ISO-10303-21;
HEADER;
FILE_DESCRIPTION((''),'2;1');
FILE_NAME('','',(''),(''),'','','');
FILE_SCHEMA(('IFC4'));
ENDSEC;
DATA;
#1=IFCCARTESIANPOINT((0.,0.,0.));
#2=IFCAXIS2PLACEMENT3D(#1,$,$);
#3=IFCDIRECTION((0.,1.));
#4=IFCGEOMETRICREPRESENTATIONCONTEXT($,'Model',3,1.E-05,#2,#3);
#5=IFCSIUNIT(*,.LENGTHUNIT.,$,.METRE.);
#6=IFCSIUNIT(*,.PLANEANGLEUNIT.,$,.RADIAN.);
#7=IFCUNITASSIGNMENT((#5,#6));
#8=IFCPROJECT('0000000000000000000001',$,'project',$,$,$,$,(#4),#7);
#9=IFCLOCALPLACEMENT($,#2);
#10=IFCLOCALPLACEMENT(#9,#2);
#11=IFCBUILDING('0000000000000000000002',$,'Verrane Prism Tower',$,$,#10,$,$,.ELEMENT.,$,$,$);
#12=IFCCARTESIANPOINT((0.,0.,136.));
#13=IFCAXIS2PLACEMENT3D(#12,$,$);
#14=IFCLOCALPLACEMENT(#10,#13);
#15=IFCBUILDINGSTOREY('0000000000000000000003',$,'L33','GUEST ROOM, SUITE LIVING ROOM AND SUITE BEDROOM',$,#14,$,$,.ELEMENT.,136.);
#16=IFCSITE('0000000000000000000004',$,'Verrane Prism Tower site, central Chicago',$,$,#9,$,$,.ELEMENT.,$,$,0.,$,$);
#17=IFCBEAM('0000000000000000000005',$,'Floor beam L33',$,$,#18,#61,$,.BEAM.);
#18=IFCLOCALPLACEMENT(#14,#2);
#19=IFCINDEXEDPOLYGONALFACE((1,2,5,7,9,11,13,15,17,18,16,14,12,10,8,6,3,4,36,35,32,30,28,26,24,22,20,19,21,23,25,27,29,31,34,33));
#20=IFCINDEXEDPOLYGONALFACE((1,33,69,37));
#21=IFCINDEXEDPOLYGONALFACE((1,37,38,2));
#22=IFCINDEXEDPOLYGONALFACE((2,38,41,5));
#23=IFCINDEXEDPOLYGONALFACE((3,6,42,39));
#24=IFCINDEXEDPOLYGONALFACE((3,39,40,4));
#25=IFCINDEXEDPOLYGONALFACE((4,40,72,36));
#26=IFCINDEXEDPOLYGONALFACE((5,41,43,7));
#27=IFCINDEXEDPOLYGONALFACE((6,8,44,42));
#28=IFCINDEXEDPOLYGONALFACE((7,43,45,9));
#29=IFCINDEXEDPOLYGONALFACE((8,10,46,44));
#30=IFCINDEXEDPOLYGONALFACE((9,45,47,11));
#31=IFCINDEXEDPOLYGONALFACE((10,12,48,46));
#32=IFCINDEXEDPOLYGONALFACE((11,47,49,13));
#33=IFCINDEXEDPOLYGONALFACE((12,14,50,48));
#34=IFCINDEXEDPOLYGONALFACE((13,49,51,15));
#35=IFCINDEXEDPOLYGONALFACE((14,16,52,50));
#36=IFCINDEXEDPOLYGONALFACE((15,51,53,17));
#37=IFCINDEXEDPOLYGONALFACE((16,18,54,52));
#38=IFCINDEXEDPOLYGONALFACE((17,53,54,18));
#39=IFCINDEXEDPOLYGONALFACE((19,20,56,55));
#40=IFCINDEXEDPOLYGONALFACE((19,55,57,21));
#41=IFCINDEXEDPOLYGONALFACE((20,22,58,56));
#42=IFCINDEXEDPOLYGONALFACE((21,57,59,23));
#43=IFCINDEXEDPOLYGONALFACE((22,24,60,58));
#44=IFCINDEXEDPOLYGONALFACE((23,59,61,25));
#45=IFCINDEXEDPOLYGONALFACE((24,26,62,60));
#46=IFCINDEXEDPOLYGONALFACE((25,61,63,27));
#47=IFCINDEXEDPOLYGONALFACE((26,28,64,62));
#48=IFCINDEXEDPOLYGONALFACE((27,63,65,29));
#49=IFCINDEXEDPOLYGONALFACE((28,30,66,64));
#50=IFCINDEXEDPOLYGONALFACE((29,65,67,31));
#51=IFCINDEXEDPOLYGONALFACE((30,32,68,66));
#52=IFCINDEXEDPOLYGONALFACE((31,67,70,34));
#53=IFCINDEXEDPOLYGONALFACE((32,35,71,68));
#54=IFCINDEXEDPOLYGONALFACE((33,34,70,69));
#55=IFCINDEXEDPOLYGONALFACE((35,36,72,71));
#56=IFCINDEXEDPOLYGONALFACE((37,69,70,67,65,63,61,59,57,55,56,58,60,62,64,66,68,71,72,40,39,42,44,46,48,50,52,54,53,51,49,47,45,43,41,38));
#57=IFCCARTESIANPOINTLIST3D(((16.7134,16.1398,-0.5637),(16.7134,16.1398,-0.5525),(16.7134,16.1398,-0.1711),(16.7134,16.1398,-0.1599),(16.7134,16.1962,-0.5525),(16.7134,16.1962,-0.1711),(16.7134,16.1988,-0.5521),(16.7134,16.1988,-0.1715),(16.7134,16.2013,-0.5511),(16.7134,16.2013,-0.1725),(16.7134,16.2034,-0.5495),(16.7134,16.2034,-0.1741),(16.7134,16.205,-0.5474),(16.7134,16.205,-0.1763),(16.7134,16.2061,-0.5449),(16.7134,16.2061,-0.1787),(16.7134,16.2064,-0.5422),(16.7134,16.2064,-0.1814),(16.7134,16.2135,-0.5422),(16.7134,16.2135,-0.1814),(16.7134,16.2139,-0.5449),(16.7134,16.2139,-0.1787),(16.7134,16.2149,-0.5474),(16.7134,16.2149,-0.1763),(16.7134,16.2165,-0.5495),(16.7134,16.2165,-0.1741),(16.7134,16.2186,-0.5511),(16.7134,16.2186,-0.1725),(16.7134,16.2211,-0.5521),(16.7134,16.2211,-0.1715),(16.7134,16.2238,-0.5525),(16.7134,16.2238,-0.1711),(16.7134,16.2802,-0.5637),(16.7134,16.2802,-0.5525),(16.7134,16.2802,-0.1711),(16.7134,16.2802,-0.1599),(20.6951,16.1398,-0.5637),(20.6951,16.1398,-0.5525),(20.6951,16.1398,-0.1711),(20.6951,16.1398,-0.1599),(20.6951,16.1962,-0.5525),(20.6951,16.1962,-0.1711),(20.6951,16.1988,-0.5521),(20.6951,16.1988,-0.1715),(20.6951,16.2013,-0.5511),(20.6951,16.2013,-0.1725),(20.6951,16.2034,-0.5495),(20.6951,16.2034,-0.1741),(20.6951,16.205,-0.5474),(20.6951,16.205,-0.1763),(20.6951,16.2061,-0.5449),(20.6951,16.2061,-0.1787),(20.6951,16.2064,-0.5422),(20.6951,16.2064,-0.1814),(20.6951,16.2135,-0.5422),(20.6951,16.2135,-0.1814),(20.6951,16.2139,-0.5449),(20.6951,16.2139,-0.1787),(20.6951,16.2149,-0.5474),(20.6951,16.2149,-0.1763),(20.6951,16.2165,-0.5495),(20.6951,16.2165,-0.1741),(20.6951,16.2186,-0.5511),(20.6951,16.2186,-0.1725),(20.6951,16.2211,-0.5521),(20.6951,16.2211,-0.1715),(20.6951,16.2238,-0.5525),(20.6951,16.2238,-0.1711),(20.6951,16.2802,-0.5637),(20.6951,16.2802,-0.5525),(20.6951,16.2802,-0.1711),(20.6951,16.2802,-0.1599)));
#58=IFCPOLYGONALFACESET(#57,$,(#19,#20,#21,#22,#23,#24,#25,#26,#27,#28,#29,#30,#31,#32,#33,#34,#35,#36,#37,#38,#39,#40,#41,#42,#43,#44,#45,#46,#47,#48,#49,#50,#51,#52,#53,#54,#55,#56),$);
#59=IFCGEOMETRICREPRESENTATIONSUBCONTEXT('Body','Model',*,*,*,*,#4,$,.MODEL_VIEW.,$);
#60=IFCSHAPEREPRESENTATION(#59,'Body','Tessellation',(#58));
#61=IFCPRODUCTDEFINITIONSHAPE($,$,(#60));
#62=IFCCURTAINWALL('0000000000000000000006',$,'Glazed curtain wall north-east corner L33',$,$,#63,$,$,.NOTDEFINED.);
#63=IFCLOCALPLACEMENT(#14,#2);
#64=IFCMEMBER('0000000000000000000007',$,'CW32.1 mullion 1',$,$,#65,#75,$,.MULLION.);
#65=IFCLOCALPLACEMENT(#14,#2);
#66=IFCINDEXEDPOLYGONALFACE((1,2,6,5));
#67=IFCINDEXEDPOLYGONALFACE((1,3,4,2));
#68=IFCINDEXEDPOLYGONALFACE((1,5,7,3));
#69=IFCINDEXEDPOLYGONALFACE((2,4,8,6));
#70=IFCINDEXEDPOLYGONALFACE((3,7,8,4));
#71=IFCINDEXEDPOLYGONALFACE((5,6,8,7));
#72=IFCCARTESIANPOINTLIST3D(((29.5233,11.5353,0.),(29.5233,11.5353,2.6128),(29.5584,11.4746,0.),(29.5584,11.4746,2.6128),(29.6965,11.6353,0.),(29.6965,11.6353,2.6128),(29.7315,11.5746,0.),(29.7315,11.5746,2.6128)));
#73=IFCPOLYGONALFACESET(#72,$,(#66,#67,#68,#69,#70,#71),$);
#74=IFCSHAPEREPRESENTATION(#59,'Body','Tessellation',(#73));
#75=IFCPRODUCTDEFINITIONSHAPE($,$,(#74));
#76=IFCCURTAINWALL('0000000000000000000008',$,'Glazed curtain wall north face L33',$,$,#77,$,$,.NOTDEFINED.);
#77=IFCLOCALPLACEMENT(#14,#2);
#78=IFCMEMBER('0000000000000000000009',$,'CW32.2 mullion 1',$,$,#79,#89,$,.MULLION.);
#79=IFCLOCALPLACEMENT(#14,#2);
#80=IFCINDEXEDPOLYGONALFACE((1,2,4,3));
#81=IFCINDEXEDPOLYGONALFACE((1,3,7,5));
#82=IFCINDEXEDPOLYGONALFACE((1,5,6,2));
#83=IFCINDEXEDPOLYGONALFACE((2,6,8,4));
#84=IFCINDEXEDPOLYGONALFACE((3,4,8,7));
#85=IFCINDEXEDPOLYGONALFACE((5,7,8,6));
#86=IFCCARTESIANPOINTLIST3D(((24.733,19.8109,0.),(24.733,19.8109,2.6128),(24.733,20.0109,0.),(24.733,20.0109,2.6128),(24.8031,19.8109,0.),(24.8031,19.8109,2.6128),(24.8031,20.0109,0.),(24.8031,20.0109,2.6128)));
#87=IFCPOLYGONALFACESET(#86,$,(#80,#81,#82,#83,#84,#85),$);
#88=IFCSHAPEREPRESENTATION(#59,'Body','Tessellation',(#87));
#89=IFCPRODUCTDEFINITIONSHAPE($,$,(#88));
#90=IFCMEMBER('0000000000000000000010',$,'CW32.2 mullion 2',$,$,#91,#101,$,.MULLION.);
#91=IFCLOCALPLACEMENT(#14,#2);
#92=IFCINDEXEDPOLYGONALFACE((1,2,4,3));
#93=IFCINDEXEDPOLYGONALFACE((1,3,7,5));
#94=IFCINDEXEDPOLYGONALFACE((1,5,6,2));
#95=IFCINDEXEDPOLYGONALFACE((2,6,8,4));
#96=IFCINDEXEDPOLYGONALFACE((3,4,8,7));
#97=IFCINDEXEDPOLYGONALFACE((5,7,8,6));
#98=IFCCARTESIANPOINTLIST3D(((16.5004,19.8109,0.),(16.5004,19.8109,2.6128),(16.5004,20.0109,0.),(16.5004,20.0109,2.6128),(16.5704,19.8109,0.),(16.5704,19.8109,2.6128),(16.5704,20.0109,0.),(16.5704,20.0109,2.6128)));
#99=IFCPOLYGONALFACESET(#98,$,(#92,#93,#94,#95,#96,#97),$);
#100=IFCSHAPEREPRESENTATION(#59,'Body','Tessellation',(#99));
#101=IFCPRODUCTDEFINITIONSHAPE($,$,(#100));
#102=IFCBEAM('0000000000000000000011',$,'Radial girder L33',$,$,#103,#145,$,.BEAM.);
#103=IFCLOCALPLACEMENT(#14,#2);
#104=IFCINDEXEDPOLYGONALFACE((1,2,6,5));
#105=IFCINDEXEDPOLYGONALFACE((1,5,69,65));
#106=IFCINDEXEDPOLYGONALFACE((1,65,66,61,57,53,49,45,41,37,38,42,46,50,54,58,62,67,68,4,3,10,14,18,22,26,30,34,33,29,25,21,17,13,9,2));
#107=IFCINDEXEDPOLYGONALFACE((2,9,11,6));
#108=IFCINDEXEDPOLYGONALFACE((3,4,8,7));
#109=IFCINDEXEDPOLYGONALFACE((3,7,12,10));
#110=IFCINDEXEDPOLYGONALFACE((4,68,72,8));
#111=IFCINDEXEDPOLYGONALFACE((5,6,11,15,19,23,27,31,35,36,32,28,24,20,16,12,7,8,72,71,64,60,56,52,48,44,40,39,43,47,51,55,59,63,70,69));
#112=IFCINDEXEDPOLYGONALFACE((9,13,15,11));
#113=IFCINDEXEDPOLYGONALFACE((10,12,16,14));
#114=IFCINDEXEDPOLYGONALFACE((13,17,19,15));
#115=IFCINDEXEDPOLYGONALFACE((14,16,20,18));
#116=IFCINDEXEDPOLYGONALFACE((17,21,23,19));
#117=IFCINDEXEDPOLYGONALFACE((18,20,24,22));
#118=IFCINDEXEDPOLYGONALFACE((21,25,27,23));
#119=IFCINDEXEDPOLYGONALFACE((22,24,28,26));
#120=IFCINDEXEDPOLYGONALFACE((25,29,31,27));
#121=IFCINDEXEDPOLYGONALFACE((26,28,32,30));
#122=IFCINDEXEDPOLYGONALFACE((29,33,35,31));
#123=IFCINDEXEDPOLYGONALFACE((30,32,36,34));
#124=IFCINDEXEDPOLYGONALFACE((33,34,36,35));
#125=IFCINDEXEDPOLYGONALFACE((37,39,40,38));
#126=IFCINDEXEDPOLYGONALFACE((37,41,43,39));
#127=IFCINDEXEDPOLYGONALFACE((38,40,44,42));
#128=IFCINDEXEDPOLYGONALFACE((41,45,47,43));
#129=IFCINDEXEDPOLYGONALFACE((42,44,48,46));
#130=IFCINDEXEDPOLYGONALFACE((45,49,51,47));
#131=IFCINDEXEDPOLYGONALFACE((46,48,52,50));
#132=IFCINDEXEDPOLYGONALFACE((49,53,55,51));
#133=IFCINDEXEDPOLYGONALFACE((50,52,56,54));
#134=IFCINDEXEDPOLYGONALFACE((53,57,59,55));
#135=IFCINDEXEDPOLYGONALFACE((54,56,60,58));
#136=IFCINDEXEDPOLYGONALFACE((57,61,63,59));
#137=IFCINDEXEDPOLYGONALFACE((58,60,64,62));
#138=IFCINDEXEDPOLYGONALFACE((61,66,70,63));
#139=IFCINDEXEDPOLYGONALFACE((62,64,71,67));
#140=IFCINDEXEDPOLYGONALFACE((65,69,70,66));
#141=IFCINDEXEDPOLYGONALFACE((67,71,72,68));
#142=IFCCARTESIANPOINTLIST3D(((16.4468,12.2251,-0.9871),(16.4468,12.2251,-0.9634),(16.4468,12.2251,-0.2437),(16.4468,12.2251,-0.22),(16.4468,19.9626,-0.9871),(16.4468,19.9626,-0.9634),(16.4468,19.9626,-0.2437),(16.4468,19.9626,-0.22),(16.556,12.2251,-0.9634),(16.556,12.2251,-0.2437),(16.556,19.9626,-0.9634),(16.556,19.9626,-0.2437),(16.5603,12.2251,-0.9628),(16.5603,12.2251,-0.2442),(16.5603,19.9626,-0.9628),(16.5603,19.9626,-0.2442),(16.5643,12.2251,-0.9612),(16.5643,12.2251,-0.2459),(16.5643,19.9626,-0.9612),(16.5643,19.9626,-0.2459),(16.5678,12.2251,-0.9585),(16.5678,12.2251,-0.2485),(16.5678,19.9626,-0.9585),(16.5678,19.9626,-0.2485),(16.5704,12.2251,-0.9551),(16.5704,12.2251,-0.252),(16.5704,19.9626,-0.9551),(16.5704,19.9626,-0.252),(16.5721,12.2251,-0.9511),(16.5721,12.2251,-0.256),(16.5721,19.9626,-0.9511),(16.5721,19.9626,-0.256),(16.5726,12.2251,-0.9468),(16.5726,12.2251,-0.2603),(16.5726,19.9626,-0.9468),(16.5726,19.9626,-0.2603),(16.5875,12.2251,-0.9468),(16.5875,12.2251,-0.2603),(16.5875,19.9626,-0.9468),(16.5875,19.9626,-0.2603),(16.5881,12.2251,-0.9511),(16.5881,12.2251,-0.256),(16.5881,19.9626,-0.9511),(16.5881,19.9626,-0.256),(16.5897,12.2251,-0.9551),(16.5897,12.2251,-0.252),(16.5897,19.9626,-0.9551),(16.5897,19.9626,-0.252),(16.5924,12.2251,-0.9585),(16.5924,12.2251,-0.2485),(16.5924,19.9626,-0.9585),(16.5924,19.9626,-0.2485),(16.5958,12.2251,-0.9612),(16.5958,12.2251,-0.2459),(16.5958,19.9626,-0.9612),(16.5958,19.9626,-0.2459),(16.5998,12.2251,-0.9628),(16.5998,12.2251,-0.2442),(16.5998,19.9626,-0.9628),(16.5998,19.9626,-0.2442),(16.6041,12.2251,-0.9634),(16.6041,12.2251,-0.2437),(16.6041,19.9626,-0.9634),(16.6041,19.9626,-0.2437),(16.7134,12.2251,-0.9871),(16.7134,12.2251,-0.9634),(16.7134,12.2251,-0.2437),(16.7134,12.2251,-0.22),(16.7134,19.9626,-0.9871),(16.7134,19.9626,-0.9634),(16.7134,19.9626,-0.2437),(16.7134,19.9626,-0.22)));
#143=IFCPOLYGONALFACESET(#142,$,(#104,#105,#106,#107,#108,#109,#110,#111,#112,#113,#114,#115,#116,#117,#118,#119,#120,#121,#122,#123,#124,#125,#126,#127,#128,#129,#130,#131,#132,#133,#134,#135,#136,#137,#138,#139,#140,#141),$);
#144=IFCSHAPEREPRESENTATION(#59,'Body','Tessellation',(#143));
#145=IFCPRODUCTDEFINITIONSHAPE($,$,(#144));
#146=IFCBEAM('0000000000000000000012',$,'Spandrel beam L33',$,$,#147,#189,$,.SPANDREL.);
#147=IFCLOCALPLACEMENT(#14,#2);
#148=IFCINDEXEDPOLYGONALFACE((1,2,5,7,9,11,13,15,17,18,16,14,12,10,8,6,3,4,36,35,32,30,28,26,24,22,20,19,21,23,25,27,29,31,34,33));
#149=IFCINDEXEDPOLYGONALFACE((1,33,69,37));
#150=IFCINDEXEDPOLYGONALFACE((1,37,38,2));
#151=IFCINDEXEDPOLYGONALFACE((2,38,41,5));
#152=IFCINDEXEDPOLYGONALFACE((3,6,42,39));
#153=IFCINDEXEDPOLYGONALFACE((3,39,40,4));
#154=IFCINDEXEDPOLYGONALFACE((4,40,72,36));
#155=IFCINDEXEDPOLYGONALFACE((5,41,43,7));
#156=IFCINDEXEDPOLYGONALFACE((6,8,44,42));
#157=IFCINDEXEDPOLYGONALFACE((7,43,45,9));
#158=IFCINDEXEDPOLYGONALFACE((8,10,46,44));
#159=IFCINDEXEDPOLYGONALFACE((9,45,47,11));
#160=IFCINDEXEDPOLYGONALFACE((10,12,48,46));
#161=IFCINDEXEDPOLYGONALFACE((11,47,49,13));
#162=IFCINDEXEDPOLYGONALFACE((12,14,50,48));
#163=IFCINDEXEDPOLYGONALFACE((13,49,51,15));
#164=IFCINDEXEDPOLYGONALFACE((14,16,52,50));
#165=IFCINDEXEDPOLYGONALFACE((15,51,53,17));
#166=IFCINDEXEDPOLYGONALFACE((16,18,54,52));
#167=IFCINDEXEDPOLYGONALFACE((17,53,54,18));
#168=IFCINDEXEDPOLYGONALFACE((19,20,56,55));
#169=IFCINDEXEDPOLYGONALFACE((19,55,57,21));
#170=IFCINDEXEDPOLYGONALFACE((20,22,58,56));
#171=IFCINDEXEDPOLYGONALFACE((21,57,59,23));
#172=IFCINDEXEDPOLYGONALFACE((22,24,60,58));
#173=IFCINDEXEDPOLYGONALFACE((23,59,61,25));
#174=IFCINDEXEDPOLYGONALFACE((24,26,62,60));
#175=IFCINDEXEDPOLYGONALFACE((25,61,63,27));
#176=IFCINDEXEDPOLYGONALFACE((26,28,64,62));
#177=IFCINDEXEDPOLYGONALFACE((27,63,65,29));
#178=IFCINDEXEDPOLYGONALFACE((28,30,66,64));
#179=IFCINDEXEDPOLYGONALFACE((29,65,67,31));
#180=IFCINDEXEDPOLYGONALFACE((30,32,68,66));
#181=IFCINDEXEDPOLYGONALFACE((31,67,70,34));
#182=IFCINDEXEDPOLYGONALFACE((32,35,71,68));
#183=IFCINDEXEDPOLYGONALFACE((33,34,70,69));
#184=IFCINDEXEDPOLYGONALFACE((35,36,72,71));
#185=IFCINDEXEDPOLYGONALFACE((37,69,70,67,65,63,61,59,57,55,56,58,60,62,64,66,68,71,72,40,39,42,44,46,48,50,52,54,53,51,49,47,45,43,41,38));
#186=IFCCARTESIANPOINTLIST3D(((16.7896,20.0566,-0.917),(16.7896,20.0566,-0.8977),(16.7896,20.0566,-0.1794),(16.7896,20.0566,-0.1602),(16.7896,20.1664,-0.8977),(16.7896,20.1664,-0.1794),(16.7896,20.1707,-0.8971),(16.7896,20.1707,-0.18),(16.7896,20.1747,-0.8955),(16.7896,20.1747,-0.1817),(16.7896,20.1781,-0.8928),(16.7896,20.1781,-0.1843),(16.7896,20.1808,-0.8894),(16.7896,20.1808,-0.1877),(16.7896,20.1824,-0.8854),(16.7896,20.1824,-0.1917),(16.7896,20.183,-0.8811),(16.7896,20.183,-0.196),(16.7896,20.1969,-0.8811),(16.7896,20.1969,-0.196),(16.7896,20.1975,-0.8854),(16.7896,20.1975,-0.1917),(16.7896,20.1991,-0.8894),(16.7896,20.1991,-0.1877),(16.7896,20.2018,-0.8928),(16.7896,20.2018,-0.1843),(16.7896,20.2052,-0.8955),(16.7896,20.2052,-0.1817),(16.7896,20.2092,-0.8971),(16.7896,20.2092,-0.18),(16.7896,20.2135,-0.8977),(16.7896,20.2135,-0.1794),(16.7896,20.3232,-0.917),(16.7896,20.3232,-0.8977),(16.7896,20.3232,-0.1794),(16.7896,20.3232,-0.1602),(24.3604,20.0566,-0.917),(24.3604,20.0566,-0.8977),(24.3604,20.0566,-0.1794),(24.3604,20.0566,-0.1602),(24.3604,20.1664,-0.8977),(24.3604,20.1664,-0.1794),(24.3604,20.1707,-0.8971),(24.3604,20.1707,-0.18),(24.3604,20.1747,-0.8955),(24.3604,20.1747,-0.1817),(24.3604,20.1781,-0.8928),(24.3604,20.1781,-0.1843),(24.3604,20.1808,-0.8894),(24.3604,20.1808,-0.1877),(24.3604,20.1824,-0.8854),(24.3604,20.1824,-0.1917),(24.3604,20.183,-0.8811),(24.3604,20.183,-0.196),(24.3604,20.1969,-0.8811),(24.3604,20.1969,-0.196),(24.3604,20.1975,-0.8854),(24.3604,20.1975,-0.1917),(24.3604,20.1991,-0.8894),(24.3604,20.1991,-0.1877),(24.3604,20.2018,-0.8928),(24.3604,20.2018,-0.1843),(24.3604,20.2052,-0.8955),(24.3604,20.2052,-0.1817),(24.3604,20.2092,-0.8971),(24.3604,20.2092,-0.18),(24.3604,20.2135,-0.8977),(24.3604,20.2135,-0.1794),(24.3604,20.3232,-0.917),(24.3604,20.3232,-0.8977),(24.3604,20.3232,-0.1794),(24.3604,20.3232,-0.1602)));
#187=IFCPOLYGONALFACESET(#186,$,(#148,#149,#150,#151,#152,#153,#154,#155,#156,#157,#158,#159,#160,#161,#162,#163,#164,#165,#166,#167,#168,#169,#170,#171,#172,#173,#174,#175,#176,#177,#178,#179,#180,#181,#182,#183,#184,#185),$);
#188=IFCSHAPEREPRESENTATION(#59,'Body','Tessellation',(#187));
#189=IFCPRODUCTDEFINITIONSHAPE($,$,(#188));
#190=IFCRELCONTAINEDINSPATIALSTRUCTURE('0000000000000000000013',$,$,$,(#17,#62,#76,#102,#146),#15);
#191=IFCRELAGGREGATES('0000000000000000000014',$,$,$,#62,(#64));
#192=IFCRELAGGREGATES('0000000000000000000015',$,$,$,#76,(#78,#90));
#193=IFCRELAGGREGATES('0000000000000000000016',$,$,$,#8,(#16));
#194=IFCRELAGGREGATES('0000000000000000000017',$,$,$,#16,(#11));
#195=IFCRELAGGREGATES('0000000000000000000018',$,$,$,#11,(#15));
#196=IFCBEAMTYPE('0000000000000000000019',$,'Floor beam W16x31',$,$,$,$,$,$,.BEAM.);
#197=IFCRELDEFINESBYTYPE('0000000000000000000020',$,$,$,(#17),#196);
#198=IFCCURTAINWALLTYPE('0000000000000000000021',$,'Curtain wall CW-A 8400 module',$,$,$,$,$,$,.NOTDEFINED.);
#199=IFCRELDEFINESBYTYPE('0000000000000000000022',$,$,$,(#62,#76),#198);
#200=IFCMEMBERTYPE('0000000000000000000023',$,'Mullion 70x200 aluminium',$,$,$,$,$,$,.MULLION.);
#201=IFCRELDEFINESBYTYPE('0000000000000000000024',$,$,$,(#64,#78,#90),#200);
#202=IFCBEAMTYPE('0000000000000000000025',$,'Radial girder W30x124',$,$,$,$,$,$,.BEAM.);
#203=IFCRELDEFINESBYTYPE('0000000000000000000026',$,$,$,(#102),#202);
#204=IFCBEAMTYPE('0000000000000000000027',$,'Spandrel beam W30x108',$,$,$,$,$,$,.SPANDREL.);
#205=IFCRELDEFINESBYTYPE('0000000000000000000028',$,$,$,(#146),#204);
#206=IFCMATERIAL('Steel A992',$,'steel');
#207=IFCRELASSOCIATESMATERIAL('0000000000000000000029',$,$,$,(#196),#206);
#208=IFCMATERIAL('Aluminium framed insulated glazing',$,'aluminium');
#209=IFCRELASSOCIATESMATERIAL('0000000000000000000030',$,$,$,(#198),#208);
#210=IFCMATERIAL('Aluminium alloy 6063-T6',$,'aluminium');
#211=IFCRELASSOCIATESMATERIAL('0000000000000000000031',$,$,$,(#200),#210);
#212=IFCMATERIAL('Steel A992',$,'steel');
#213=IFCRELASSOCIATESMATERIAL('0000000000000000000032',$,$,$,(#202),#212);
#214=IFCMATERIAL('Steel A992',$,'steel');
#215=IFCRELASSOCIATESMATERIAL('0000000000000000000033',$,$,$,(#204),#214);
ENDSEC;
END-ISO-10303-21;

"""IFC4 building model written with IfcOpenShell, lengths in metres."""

from ifc_helpers import new_model, si_unit, direction, frame, origin, origin_2d, place, context, subcontext, project, spatial, rectangle, i_section, extrude, material, material_profile, profile_set, type_object, element, aggregate, save


model = new_model("IFC4")

# Units and contexts
model_context = context("Model", 3, precision=1e-05, world=origin(), true_north=direction((0.0, 1.0)))
body_context = subcontext(model_context, "Body", "Model", "MODEL_VIEW")
ifc_project = project(units=[si_unit("LENGTHUNIT", "METRE"), si_unit("PLANEANGLEUNIT", "RADIAN")], contexts=[model_context])

# Site, building, storey
site_placement = place(None, origin())
site = spatial("IfcSite", under=ifc_project, at=site_placement, Name="Verrane Prism Tower site, central Chicago", CompositionType="ELEMENT", RefElevation=0.0)
building_placement = place(site_placement, origin())
building = spatial("IfcBuilding", under=site, at=building_placement, Name="Verrane Prism Tower", CompositionType="ELEMENT")
storey_placement = place(building_placement, frame((0.0, 0.0, 136.0)))
storey = spatial("IfcBuildingStorey", under=building, at=storey_placement, Name="L33", Description="GUEST ROOM, SUITE LIVING ROOM AND SUITE BEDROOM", CompositionType="ELEMENT", Elevation=136.0)

# Beam
ifc_material_1 = material(Name="Steel A992", Category="steel")
ifc_material_profile_1 = material_profile(ifc_material_1, i_section(OverallWidth=0.1404, OverallDepth=0.4038, WebThickness=0.0071, FlangeThickness=0.0112, FilletRadius=0.0103, at=origin_2d()), Name="W16x31")
ifc_profile_set_1 = profile_set([ifc_material_profile_1], Name="Steel A992")
beam_type_1 = type_object("IfcBeamType", Name="Floor beam W16x31", PredefinedType="BEAM", material=ifc_profile_set_1)
beam_1_placement = place(storey_placement, frame((16.7134, 16.21, -0.3618), z_axis=(1.0, 0.0, 0.0), x_axis=(0.0, 1.0, 0.0)))
element("IfcBeam", 1, at=beam_1_placement, inside=storey, type_object=beam_type_1, Name="Floor beam L33", PredefinedType="BEAM", context=body_context, shape_type="SweptSolid", body=[
    extrude(i_section(OverallWidth=0.1404, OverallDepth=0.4038, WebThickness=0.0071, FlangeThickness=0.0112, FilletRadius=0.0103, at=origin_2d()), origin(), (0.0, 0.0, 1.0), 3.9817),
])

# Curtain wall, member
ifc_material_2 = material(Name="Aluminium framed insulated glazing", Category="aluminium")
curtain_wall_type = type_object("IfcCurtainWallType", Name="Curtain wall CW-A 8400 module", PredefinedType="NOTDEFINED", material=ifc_material_2)
curtain_wall_1_placement = place(storey_placement, origin())
curtain_wall_1 = element("IfcCurtainWall", 2, at=curtain_wall_1_placement, inside=storey, type_object=curtain_wall_type, Name="Glazed curtain wall north-east corner L33", PredefinedType="NOTDEFINED")
ifc_material_3 = material(Name="Aluminium alloy 6063-T6", Category="aluminium")
ifc_material_profile_2 = material_profile(ifc_material_3, rectangle(XDim=0.2, YDim=0.0701, at=origin_2d()), Name="Mullion 70x200 aluminium")
ifc_profile_set_2 = profile_set([ifc_material_profile_2], Name="Aluminium alloy 6063-T6")
member_type_1 = type_object("IfcMemberType", Name="Mullion 70x200 aluminium", PredefinedType="MULLION", material=ifc_profile_set_2)
member_1_placement = place(storey_placement, frame((29.6274, 11.5549, 0.0), z_axis=(0.0, 0.0, 1.0), x_axis=(-0.866028, -0.499996, 0.0)))
member_1 = element("IfcMember", 3, at=member_1_placement, type_object=member_type_1, Name="CW32.1 mullion 1", PredefinedType="MULLION", context=body_context, shape_type="SweptSolid", body=[
    extrude(rectangle(XDim=0.2, YDim=0.0701, at=origin_2d()), origin(), (0.0, 0.0, 1.0), 2.6128),
])

# Curtain wall, members
curtain_wall_2_placement = place(storey_placement, origin())
curtain_wall_2 = element("IfcCurtainWall", 4, at=curtain_wall_2_placement, inside=storey, type_object=curtain_wall_type, Name="Glazed curtain wall north face L33", PredefinedType="NOTDEFINED")
member_2_placement = place(storey_placement, frame((24.7681, 19.9109, 0.0), z_axis=(0.0, 0.0, 1.0), x_axis=(0.0, -1.0, 0.0)))
member_2 = element("IfcMember", 5, at=member_2_placement, type_object=member_type_1, Name="CW32.2 mullion 1", PredefinedType="MULLION", context=body_context, shape_type="SweptSolid", body=[
    extrude(rectangle(XDim=0.2, YDim=0.0701, at=origin_2d()), origin(), (0.0, 0.0, 1.0), 2.6128),
])
member_3_placement = place(storey_placement, frame((16.5354, 19.9109, 0.0), z_axis=(0.0, 0.0, 1.0), x_axis=(0.0, -1.0, 0.0)))
member_3 = element("IfcMember", 6, at=member_3_placement, type_object=member_type_1, Name="CW32.2 mullion 2", PredefinedType="MULLION", context=body_context, shape_type="SweptSolid", body=[
    extrude(rectangle(XDim=0.2, YDim=0.0701, at=origin_2d()), origin(), (0.0, 0.0, 1.0), 2.6128),
])

# Beams
ifc_material_4 = material(Name="Steel A992", Category="steel")
ifc_material_profile_3 = material_profile(ifc_material_4, i_section(OverallWidth=0.2666, OverallDepth=0.7671, WebThickness=0.0149, FlangeThickness=0.0237, FilletRadius=0.0166, at=origin_2d()), Name="W30x124")
ifc_profile_set_3 = profile_set([ifc_material_profile_3], Name="Steel A992")
beam_type_2 = type_object("IfcBeamType", Name="Radial girder W30x124", PredefinedType="BEAM", material=ifc_profile_set_3)
beam_2_placement = place(storey_placement, frame((16.5801, 19.9626, -0.6035), z_axis=(0.0, -1.0, 0.0), x_axis=(1.0, 0.0, 0.0)))
element("IfcBeam", 7, at=beam_2_placement, inside=storey, type_object=beam_type_2, Name="Radial girder L33", PredefinedType="BEAM", context=body_context, shape_type="SweptSolid", body=[
    extrude(i_section(OverallWidth=0.2666, OverallDepth=0.7671, WebThickness=0.0149, FlangeThickness=0.0237, FilletRadius=0.0166, at=origin_2d()), origin(), (0.0, 0.0, 1.0), 7.7375),
])
ifc_material_5 = material(Name="Steel A992", Category="steel")
ifc_material_profile_4 = material_profile(ifc_material_5, i_section(OverallWidth=0.2666, OverallDepth=0.7568, WebThickness=0.0139, FlangeThickness=0.0193, FilletRadius=0.0166, at=origin_2d()), Name="W30x108")
ifc_profile_set_4 = profile_set([ifc_material_profile_4], Name="Steel A992")
beam_type_3 = type_object("IfcBeamType", Name="Spandrel beam W30x108", PredefinedType="SPANDREL", material=ifc_profile_set_4)
beam_3_placement = place(storey_placement, frame((24.3604, 20.1899, -0.5386), z_axis=(-1.0, 0.0, 0.0), x_axis=(0.0, -1.0, 0.0)))
element("IfcBeam", 8, at=beam_3_placement, inside=storey, type_object=beam_type_3, Name="Spandrel beam L33", PredefinedType="SPANDREL", context=body_context, shape_type="SweptSolid", body=[
    extrude(i_section(OverallWidth=0.2666, OverallDepth=0.7568, WebThickness=0.0139, FlangeThickness=0.0193, FilletRadius=0.0166, at=origin_2d()), origin(), (0.0, 0.0, 1.0), 7.5708),
])

aggregate(curtain_wall_1, [member_1])
aggregate(curtain_wall_2, [member_2, member_3])

save(model, "model.ifc")
